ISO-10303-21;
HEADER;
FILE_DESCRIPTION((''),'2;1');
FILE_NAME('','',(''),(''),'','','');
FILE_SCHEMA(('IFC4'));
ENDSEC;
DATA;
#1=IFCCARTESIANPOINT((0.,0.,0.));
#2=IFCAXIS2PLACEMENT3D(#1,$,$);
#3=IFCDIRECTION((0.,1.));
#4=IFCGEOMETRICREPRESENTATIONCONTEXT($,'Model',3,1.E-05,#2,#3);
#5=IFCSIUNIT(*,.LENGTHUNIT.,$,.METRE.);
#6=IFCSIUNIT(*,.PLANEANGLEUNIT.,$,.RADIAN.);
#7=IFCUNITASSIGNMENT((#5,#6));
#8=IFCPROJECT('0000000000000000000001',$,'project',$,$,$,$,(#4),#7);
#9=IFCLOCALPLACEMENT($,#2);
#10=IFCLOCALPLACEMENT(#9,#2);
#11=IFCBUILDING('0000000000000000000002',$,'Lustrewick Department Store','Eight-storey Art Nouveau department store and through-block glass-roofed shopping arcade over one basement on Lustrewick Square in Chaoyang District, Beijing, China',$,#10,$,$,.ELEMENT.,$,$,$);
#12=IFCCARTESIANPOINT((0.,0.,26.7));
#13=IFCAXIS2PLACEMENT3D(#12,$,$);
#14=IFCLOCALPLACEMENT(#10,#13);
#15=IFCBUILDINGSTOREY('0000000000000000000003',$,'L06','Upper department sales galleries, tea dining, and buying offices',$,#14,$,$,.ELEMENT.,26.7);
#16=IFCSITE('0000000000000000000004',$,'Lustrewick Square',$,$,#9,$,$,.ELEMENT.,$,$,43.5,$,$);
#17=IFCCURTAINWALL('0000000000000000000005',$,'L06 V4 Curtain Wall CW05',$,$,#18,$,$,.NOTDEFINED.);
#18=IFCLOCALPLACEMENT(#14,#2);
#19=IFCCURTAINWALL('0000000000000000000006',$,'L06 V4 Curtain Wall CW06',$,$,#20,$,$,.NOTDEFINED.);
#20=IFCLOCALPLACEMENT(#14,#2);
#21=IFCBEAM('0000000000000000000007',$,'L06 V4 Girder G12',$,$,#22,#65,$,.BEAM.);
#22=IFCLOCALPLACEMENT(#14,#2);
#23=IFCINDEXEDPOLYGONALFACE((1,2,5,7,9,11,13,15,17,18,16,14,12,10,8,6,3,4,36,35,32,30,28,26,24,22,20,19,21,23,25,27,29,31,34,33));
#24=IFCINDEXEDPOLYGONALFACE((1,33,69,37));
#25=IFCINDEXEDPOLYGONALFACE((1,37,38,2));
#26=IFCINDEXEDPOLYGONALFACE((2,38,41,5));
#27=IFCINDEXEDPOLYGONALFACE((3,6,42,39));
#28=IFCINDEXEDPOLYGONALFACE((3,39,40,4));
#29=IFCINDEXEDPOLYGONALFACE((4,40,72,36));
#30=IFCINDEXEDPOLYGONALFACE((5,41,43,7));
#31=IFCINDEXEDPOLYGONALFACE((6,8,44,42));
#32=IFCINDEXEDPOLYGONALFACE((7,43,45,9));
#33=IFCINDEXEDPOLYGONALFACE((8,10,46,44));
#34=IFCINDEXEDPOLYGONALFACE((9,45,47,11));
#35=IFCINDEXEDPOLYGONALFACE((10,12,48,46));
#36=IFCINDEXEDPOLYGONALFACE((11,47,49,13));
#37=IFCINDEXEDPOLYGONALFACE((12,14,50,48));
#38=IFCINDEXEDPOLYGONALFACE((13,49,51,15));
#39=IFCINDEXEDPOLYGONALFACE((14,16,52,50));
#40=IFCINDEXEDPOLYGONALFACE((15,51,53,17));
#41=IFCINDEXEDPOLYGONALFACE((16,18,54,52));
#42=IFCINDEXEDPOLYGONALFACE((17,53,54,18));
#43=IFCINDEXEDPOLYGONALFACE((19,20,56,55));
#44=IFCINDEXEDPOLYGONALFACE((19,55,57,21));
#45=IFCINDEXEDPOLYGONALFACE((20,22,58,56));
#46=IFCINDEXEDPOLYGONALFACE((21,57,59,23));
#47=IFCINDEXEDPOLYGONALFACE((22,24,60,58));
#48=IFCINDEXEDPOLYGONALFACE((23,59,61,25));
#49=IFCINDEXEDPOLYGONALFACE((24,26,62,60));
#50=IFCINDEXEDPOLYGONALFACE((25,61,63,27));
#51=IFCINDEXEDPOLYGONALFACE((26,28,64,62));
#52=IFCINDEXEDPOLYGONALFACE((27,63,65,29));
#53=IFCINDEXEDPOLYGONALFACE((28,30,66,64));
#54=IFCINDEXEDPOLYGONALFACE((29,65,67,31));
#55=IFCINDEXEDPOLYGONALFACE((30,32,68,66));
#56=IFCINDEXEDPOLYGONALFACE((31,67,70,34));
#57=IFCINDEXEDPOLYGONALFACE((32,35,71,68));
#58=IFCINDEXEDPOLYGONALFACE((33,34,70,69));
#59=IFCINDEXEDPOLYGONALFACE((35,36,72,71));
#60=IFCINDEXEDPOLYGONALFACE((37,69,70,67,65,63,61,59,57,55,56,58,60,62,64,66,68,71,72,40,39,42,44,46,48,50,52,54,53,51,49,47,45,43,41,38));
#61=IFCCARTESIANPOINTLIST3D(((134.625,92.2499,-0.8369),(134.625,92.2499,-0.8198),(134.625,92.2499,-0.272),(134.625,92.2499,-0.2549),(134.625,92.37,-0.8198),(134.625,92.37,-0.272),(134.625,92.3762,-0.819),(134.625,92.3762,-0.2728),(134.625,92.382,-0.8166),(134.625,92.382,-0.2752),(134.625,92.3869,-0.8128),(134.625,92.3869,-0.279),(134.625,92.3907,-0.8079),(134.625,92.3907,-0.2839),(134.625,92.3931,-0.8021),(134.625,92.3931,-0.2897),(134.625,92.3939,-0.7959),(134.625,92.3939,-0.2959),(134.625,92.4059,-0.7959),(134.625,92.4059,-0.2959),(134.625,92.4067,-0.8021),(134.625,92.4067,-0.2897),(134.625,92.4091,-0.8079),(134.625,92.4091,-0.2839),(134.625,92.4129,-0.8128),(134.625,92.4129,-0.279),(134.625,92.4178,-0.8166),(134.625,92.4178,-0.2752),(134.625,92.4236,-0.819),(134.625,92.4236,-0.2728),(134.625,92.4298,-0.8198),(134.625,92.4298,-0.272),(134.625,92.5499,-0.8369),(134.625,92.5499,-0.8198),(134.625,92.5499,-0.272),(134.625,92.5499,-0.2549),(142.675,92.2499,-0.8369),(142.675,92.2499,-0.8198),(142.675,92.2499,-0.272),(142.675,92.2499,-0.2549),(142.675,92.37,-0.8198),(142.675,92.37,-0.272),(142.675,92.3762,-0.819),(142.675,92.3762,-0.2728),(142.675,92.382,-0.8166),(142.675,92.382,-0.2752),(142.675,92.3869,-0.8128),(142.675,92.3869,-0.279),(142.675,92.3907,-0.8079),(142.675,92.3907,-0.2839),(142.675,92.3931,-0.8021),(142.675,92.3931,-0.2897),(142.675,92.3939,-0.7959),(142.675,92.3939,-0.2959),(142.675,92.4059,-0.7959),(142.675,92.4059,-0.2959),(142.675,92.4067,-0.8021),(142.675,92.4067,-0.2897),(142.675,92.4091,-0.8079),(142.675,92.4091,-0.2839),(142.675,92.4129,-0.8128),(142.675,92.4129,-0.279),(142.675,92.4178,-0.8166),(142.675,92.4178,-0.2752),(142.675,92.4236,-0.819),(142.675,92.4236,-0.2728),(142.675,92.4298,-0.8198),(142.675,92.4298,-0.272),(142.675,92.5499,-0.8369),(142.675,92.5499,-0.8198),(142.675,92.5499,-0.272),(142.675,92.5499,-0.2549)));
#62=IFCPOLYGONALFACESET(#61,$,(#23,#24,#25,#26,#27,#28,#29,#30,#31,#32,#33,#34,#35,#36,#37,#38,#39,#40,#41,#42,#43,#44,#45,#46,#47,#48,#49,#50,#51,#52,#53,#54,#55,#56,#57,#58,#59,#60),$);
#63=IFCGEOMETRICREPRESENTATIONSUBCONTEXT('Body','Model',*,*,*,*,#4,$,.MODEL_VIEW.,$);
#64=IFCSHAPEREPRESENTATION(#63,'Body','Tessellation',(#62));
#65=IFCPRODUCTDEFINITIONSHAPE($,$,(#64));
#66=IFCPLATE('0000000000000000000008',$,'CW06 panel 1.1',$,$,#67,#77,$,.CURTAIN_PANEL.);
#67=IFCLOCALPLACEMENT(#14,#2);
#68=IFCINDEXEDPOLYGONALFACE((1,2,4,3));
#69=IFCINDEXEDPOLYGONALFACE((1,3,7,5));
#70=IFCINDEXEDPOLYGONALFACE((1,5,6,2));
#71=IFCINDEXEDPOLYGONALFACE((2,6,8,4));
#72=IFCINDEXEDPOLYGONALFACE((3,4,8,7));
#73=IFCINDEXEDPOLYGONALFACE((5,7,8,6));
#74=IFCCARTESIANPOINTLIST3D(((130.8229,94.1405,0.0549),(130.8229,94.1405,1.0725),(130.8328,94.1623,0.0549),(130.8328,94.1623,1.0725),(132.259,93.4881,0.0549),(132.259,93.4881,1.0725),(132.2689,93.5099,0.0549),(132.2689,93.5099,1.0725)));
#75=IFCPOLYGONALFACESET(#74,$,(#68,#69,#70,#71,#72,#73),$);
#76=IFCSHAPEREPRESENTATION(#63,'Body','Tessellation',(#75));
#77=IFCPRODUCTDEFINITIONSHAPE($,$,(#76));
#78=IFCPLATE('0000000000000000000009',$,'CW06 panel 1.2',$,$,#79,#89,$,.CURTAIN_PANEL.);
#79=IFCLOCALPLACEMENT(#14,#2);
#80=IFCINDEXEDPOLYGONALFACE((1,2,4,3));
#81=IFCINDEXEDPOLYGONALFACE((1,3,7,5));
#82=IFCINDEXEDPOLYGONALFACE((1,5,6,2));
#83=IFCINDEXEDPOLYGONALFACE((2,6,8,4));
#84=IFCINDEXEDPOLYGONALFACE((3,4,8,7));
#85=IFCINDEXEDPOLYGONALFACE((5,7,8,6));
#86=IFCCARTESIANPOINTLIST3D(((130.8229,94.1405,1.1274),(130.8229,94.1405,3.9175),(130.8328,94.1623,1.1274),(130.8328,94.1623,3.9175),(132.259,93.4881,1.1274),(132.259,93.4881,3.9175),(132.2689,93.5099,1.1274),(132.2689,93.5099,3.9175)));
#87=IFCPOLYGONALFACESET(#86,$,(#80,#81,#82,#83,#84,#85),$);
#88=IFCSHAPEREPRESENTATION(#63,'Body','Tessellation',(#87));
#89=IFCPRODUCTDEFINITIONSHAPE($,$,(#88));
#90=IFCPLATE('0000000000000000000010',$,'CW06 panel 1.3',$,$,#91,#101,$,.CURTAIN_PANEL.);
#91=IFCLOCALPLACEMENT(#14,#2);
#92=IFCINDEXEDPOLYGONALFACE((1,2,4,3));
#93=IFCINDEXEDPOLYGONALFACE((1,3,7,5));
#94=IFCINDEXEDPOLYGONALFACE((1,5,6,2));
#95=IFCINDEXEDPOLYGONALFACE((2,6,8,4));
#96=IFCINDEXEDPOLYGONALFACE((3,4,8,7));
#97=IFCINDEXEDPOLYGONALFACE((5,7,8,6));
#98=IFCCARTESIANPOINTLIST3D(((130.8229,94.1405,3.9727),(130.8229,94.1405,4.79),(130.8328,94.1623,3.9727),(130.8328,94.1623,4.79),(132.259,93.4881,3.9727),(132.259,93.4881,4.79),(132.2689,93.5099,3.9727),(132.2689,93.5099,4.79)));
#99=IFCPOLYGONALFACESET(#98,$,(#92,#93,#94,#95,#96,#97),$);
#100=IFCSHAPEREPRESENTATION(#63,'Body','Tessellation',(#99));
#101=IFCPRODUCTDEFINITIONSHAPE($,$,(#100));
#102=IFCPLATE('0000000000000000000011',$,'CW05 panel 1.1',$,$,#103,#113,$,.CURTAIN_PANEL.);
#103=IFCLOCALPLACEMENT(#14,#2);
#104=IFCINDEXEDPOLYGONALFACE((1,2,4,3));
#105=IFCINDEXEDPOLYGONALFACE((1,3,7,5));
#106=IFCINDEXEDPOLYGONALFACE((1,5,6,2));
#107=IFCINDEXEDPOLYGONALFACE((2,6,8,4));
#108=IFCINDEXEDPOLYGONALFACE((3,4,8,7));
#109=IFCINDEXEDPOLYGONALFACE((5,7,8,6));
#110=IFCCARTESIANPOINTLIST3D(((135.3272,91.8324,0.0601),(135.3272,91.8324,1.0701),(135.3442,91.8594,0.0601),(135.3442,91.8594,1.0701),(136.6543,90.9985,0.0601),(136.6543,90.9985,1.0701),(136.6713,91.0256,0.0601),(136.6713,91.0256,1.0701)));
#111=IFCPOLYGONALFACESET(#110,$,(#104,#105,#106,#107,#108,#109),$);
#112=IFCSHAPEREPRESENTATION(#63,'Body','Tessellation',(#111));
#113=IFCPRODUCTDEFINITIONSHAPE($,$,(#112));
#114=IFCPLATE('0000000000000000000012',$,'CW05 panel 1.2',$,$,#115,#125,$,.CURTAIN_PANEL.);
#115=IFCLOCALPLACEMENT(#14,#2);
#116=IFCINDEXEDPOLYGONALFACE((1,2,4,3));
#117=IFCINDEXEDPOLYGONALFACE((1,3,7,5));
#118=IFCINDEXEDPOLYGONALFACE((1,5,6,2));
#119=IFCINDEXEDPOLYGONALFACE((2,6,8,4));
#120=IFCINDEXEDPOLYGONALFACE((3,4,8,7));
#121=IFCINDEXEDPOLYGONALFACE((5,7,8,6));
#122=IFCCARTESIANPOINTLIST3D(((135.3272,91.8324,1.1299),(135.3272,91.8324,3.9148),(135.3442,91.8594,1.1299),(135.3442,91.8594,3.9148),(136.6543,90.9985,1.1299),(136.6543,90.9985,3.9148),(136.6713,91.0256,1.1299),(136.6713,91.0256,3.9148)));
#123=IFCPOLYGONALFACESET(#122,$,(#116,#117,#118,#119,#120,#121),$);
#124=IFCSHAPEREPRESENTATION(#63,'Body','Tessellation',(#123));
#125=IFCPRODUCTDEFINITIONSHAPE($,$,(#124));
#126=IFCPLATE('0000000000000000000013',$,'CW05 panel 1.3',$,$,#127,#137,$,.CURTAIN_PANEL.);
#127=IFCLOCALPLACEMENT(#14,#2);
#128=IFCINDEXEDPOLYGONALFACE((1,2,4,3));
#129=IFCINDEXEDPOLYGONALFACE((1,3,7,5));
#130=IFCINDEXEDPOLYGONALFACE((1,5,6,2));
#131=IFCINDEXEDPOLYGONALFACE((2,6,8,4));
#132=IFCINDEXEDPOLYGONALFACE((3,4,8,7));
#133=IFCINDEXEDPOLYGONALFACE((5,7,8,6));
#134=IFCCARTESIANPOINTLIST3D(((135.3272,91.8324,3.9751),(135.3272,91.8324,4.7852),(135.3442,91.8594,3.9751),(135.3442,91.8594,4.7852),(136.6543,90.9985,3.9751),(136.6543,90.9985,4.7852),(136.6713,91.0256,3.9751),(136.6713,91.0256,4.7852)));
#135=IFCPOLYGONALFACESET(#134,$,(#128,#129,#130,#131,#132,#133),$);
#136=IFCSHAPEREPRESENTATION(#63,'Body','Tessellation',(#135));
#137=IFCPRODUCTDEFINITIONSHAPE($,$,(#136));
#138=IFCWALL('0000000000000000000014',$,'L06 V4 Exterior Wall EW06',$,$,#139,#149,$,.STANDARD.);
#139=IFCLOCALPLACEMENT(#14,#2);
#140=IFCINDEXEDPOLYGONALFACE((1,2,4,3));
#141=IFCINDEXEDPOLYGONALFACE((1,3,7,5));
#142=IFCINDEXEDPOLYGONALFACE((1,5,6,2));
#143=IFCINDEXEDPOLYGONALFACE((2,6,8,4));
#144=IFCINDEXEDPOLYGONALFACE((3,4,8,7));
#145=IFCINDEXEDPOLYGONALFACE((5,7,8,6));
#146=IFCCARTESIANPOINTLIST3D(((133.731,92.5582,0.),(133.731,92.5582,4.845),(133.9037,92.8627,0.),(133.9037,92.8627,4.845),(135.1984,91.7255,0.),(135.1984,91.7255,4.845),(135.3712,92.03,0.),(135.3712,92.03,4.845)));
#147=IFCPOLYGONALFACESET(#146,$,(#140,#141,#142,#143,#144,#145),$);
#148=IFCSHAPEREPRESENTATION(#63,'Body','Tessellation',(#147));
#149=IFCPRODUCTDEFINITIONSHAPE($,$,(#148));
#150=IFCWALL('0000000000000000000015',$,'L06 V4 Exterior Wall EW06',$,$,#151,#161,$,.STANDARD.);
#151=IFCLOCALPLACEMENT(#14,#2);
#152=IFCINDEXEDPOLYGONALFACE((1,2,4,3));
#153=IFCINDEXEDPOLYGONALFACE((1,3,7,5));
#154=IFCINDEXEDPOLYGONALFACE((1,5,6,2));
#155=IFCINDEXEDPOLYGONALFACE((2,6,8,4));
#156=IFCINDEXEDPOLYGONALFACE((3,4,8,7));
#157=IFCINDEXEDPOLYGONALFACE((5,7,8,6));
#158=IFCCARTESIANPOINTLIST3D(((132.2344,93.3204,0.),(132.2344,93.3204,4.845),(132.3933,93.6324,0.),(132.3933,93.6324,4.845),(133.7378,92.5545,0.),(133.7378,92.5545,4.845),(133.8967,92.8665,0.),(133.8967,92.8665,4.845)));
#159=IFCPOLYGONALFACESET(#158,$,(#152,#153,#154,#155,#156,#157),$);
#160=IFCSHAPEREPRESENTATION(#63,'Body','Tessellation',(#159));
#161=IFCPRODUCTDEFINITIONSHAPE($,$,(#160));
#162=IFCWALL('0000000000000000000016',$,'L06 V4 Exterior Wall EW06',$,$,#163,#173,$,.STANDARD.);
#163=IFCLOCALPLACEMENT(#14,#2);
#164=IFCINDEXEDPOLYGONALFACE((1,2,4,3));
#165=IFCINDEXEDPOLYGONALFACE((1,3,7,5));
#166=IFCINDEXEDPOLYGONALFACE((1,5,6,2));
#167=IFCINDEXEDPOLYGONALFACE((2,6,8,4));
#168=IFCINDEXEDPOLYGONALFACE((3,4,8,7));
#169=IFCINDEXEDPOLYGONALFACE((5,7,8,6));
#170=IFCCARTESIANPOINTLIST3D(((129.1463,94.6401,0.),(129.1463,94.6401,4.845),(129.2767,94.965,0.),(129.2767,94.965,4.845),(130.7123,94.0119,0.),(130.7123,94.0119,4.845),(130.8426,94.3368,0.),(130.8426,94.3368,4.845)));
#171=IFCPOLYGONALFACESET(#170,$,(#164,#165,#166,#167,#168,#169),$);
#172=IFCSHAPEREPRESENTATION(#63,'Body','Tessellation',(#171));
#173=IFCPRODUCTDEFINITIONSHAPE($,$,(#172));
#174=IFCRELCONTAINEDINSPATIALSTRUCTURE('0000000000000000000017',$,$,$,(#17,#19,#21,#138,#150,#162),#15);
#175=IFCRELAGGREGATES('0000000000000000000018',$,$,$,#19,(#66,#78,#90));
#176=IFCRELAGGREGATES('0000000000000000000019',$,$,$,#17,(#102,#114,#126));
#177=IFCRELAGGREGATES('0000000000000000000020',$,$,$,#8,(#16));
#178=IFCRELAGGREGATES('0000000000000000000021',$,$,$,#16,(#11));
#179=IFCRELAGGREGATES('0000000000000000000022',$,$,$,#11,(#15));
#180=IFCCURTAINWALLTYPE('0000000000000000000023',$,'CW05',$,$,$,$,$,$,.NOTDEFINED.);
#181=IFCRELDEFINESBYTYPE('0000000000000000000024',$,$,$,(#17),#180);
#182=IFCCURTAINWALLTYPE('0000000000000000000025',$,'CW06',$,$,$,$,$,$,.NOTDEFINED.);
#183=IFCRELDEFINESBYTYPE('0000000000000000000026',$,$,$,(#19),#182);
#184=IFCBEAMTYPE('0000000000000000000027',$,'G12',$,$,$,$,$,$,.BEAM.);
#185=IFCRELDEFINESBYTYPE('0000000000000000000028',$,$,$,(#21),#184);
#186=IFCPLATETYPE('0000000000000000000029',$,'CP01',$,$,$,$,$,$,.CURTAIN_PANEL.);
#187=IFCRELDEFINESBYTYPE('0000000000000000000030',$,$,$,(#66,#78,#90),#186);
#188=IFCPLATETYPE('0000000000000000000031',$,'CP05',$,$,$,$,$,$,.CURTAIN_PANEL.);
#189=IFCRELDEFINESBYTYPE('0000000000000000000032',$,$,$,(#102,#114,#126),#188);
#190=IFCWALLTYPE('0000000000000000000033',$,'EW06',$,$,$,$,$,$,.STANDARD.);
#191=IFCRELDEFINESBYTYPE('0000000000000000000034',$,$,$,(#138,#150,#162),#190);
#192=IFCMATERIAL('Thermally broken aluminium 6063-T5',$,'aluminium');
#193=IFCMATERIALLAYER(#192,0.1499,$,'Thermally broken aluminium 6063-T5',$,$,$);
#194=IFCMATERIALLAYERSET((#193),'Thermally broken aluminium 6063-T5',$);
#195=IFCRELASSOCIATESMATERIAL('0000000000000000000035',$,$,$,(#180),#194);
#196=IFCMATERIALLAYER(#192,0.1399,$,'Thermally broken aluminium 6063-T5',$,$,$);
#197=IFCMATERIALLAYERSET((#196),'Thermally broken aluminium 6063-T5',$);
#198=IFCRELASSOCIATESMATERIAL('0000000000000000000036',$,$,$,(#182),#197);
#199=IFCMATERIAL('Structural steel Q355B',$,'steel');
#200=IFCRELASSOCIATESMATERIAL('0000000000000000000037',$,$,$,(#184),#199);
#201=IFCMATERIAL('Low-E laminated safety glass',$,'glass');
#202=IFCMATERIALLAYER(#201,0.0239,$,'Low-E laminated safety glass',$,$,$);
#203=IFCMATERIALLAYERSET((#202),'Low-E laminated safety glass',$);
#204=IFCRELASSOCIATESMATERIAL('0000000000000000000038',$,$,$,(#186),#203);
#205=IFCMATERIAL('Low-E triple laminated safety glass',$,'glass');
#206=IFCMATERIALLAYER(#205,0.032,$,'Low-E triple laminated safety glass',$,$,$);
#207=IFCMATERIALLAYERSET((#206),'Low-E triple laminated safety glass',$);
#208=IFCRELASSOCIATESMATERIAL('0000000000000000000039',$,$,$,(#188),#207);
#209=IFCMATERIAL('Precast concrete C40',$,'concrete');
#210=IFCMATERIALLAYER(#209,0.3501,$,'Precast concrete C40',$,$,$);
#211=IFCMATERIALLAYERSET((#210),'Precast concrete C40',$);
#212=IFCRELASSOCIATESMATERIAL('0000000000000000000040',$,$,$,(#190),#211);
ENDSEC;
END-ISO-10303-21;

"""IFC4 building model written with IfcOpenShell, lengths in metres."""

from ifc_helpers import new_model, si_unit, direction, frame, frame_2d, origin, origin_2d, place, context, subcontext, project, spatial, rectangle, i_section, extrude, material, layer, layer_set, material_profile, profile_set, type_object, element, aggregate, save


model = new_model("IFC4")

# Units and contexts
model_context = context("Model", 3, precision=1e-05, world=origin(), true_north=direction((0.0, 1.0)))
body_context = subcontext(model_context, "Body", "Model", "MODEL_VIEW")
ifc_project = project(units=[si_unit("LENGTHUNIT", "METRE"), si_unit("PLANEANGLEUNIT", "RADIAN")], contexts=[model_context])

# Site, building, storey
site_placement = place(None, origin())
site = spatial("IfcSite", under=ifc_project, at=site_placement, Name="Lustrewick Square", CompositionType="ELEMENT", RefElevation=43.5)
building_placement = place(site_placement, origin())
building = spatial("IfcBuilding", under=site, at=building_placement, Name="Lustrewick Department Store", Description="Eight-storey Art Nouveau department store and through-block glass-roofed shopping arcade over one basement on Lustrewick Square in Chaoyang District, Beijing, China", CompositionType="ELEMENT")
storey_placement = place(building_placement, frame((0.0, 0.0, 26.7)))
storey = spatial("IfcBuildingStorey", under=building, at=storey_placement, Name="L06", Description="Upper department sales galleries, tea dining, and buying offices", CompositionType="ELEMENT", Elevation=26.7)

# Shared definitions
ifc_material_1 = material(Name="Structural steel Q355B", Category="steel")

# Curtain walls
ifc_material_2 = material(Name="Thermally broken aluminium 6063-T5", Category="aluminium")
ifc_layer_1 = layer(ifc_material_2, 0.1499, Name="Thermally broken aluminium 6063-T5")
ifc_layer_set_1 = layer_set([ifc_layer_1], Name="Thermally broken aluminium 6063-T5")
curtain_wall_type_1 = type_object("IfcCurtainWallType", Name="CW05", PredefinedType="NOTDEFINED", material=ifc_layer_set_1)
curtain_wall_1_placement = place(storey_placement, origin())
curtain_wall_1 = element("IfcCurtainWall", 1, at=curtain_wall_1_placement, inside=storey, type_object=curtain_wall_type_1, Name="L06 V4 Curtain Wall CW05", PredefinedType="NOTDEFINED")
ifc_layer_2 = layer(ifc_material_2, 0.1399, Name="Thermally broken aluminium 6063-T5")
ifc_layer_set_2 = layer_set([ifc_layer_2], Name="Thermally broken aluminium 6063-T5")
curtain_wall_type_2 = type_object("IfcCurtainWallType", Name="CW06", PredefinedType="NOTDEFINED", material=ifc_layer_set_2)
curtain_wall_2_placement = place(storey_placement, origin())
curtain_wall_2 = element("IfcCurtainWall", 2, at=curtain_wall_2_placement, inside=storey, type_object=curtain_wall_type_2, Name="L06 V4 Curtain Wall CW06", PredefinedType="NOTDEFINED")

# Beam
ifc_material_profile_1 = material_profile(ifc_material_1, i_section(OverallWidth=0.3, OverallDepth=0.582, WebThickness=0.012, FlangeThickness=0.0171, FilletRadius=0.0239, at=origin_2d()), Name="HM 582x300x12x17")
ifc_profile_set_1 = profile_set([ifc_material_profile_1], Name="Structural steel Q355B")
beam_type_1 = type_object("IfcBeamType", Name="G12", PredefinedType="BEAM", material=ifc_profile_set_1)
beam_1_placement = place(storey_placement, frame((134.625, 92.3999, -0.5459), z_axis=(1.0, 0.0, 0.0), x_axis=(0.0, 1.0, 0.0)))
element("IfcBeam", 3, at=beam_1_placement, inside=storey, type_object=beam_type_1, Name="L06 V4 Girder G12", PredefinedType="BEAM", context=body_context, shape_type="SweptSolid", body=[
    extrude(i_section(OverallWidth=0.3, OverallDepth=0.582, WebThickness=0.012, FlangeThickness=0.0171, FilletRadius=0.0239, at=origin_2d()), origin(), (0.0, 0.0, 1.0), 8.05),
])

# Plates
ifc_material_3 = material(Name="Low-E laminated safety glass", Category="glass")
ifc_layer_3 = layer(ifc_material_3, 0.0239, Name="Low-E laminated safety glass")
ifc_layer_set_3 = layer_set([ifc_layer_3], Name="Low-E laminated safety glass")
plate_type_1 = type_object("IfcPlateType", Name="CP01", PredefinedType="CURTAIN_PANEL", material=ifc_layer_set_3)
plate_1_placement = place(storey_placement, frame((131.5459, 93.8252, 0.0549), z_axis=(0.0, 0.0, 1.0), x_axis=(-0.910482, 0.413548, 0.0)))
plate_1 = element("IfcPlate", 4, at=plate_1_placement, type_object=plate_type_1, Name="CW06 panel 1.1", PredefinedType="CURTAIN_PANEL", context=body_context, shape_type="SweptSolid", body=[
    extrude(rectangle(XDim=1.5774, YDim=0.0239, at=origin_2d()), origin(), (0.0, 0.0, 1.0), 1.0176),
])
plate_2_placement = place(storey_placement, frame((131.5459, 93.8252, 1.1274), z_axis=(0.0, 0.0, 1.0), x_axis=(-0.910482, 0.413548, 0.0)))
plate_2 = element("IfcPlate", 5, at=plate_2_placement, type_object=plate_type_1, Name="CW06 panel 1.2", PredefinedType="CURTAIN_PANEL", context=body_context, shape_type="SweptSolid", body=[
    extrude(rectangle(XDim=1.5774, YDim=0.0239, at=origin_2d()), origin(), (0.0, 0.0, 1.0), 2.79),
])
plate_3_placement = place(storey_placement, frame((131.5459, 93.8252, 3.9727), z_axis=(0.0, 0.0, 1.0), x_axis=(-0.910482, 0.413548, 0.0)))
plate_3 = element("IfcPlate", 6, at=plate_3_placement, type_object=plate_type_1, Name="CW06 panel 1.3", PredefinedType="CURTAIN_PANEL", context=body_context, shape_type="SweptSolid", body=[
    extrude(rectangle(XDim=1.5774, YDim=0.0239, at=origin_2d()), origin(), (0.0, 0.0, 1.0), 0.8174),
])
aggregate(curtain_wall_2, [plate_1, plate_2, plate_3])
ifc_material_4 = material(Name="Low-E triple laminated safety glass", Category="glass")
ifc_layer_4 = layer(ifc_material_4, 0.032, Name="Low-E triple laminated safety glass")
ifc_layer_set_4 = layer_set([ifc_layer_4], Name="Low-E triple laminated safety glass")
plate_type_2 = type_object("IfcPlateType", Name="CP05", PredefinedType="CURTAIN_PANEL", material=ifc_layer_set_4)
plate_4_placement = place(storey_placement, frame((135.9993, 91.429, 0.0601), z_axis=(0.0, 0.0, 1.0), x_axis=(-0.846727, 0.532027, 0.0)))
plate_4 = element("IfcPlate", 7, at=plate_4_placement, type_object=plate_type_2, Name="CW05 panel 1.1", PredefinedType="CURTAIN_PANEL", context=body_context, shape_type="SweptSolid", body=[
    extrude(rectangle(XDim=1.5674, YDim=0.032, at=origin_2d()), origin(), (0.0, 0.0, 1.0), 1.01),
])
plate_5_placement = place(storey_placement, frame((135.9993, 91.429, 1.1299), z_axis=(0.0, 0.0, 1.0), x_axis=(-0.846727, 0.532027, 0.0)))
plate_5 = element("IfcPlate", 8, at=plate_5_placement, type_object=plate_type_2, Name="CW05 panel 1.2", PredefinedType="CURTAIN_PANEL", context=body_context, shape_type="SweptSolid", body=[
    extrude(rectangle(XDim=1.5674, YDim=0.032, at=origin_2d()), origin(), (0.0, 0.0, 1.0), 2.7849),
])
plate_6_placement = place(storey_placement, frame((135.9993, 91.429, 3.9751), z_axis=(0.0, 0.0, 1.0), x_axis=(-0.846727, 0.532027, 0.0)))
plate_6 = element("IfcPlate", 9, at=plate_6_placement, type_object=plate_type_2, Name="CW05 panel 1.3", PredefinedType="CURTAIN_PANEL", context=body_context, shape_type="SweptSolid", body=[
    extrude(rectangle(XDim=1.5674, YDim=0.032, at=origin_2d()), origin(), (0.0, 0.0, 1.0), 0.8101),
])
aggregate(curtain_wall_1, [plate_4, plate_5, plate_6])

# Walls
ifc_material_5 = material(Name="Precast concrete C40", Category="concrete")
ifc_layer_5 = layer(ifc_material_5, 0.3501, Name="Precast concrete C40")
ifc_layer_set_5 = layer_set([ifc_layer_5], Name="Precast concrete C40")
wall_type = type_object("IfcWallType", Name="EW06", PredefinedType="STANDARD", material=ifc_layer_set_5)
for number, where, z_axis, x_axis, name in (
    (10, (135.2849, 91.8777, 0.0), (0.0, 0.0, 1.0), (-0.869726, 0.493535, 0.0), "L06 V4 Exterior Wall EW06"),
    (11, (133.8174, 92.7104, 0.0), (0.0, 0.0, 1.0), (-0.891045, 0.453915, 0.0), "L06 V4 Exterior Wall EW06"),
    (12, (130.7776, 94.1743, 0.0), (0.0, 0.0, 1.0), (-0.928107, 0.372314, 0.0), "L06 V4 Exterior Wall EW06"),
):
    element("IfcWall", number, at=place(storey_placement, frame(where, z_axis=z_axis, x_axis=x_axis)), inside=storey, type_object=wall_type, Name=name, PredefinedType="STANDARD", context=body_context, shape_type="SweptSolid", body=[
        extrude(rectangle(XDim=1.6873, YDim=0.3501, at=frame_2d((0.8438, 0.0))), origin(), (0.0, 0.0, 1.0), 4.845),
    ])

save(model, "model.ifc")
